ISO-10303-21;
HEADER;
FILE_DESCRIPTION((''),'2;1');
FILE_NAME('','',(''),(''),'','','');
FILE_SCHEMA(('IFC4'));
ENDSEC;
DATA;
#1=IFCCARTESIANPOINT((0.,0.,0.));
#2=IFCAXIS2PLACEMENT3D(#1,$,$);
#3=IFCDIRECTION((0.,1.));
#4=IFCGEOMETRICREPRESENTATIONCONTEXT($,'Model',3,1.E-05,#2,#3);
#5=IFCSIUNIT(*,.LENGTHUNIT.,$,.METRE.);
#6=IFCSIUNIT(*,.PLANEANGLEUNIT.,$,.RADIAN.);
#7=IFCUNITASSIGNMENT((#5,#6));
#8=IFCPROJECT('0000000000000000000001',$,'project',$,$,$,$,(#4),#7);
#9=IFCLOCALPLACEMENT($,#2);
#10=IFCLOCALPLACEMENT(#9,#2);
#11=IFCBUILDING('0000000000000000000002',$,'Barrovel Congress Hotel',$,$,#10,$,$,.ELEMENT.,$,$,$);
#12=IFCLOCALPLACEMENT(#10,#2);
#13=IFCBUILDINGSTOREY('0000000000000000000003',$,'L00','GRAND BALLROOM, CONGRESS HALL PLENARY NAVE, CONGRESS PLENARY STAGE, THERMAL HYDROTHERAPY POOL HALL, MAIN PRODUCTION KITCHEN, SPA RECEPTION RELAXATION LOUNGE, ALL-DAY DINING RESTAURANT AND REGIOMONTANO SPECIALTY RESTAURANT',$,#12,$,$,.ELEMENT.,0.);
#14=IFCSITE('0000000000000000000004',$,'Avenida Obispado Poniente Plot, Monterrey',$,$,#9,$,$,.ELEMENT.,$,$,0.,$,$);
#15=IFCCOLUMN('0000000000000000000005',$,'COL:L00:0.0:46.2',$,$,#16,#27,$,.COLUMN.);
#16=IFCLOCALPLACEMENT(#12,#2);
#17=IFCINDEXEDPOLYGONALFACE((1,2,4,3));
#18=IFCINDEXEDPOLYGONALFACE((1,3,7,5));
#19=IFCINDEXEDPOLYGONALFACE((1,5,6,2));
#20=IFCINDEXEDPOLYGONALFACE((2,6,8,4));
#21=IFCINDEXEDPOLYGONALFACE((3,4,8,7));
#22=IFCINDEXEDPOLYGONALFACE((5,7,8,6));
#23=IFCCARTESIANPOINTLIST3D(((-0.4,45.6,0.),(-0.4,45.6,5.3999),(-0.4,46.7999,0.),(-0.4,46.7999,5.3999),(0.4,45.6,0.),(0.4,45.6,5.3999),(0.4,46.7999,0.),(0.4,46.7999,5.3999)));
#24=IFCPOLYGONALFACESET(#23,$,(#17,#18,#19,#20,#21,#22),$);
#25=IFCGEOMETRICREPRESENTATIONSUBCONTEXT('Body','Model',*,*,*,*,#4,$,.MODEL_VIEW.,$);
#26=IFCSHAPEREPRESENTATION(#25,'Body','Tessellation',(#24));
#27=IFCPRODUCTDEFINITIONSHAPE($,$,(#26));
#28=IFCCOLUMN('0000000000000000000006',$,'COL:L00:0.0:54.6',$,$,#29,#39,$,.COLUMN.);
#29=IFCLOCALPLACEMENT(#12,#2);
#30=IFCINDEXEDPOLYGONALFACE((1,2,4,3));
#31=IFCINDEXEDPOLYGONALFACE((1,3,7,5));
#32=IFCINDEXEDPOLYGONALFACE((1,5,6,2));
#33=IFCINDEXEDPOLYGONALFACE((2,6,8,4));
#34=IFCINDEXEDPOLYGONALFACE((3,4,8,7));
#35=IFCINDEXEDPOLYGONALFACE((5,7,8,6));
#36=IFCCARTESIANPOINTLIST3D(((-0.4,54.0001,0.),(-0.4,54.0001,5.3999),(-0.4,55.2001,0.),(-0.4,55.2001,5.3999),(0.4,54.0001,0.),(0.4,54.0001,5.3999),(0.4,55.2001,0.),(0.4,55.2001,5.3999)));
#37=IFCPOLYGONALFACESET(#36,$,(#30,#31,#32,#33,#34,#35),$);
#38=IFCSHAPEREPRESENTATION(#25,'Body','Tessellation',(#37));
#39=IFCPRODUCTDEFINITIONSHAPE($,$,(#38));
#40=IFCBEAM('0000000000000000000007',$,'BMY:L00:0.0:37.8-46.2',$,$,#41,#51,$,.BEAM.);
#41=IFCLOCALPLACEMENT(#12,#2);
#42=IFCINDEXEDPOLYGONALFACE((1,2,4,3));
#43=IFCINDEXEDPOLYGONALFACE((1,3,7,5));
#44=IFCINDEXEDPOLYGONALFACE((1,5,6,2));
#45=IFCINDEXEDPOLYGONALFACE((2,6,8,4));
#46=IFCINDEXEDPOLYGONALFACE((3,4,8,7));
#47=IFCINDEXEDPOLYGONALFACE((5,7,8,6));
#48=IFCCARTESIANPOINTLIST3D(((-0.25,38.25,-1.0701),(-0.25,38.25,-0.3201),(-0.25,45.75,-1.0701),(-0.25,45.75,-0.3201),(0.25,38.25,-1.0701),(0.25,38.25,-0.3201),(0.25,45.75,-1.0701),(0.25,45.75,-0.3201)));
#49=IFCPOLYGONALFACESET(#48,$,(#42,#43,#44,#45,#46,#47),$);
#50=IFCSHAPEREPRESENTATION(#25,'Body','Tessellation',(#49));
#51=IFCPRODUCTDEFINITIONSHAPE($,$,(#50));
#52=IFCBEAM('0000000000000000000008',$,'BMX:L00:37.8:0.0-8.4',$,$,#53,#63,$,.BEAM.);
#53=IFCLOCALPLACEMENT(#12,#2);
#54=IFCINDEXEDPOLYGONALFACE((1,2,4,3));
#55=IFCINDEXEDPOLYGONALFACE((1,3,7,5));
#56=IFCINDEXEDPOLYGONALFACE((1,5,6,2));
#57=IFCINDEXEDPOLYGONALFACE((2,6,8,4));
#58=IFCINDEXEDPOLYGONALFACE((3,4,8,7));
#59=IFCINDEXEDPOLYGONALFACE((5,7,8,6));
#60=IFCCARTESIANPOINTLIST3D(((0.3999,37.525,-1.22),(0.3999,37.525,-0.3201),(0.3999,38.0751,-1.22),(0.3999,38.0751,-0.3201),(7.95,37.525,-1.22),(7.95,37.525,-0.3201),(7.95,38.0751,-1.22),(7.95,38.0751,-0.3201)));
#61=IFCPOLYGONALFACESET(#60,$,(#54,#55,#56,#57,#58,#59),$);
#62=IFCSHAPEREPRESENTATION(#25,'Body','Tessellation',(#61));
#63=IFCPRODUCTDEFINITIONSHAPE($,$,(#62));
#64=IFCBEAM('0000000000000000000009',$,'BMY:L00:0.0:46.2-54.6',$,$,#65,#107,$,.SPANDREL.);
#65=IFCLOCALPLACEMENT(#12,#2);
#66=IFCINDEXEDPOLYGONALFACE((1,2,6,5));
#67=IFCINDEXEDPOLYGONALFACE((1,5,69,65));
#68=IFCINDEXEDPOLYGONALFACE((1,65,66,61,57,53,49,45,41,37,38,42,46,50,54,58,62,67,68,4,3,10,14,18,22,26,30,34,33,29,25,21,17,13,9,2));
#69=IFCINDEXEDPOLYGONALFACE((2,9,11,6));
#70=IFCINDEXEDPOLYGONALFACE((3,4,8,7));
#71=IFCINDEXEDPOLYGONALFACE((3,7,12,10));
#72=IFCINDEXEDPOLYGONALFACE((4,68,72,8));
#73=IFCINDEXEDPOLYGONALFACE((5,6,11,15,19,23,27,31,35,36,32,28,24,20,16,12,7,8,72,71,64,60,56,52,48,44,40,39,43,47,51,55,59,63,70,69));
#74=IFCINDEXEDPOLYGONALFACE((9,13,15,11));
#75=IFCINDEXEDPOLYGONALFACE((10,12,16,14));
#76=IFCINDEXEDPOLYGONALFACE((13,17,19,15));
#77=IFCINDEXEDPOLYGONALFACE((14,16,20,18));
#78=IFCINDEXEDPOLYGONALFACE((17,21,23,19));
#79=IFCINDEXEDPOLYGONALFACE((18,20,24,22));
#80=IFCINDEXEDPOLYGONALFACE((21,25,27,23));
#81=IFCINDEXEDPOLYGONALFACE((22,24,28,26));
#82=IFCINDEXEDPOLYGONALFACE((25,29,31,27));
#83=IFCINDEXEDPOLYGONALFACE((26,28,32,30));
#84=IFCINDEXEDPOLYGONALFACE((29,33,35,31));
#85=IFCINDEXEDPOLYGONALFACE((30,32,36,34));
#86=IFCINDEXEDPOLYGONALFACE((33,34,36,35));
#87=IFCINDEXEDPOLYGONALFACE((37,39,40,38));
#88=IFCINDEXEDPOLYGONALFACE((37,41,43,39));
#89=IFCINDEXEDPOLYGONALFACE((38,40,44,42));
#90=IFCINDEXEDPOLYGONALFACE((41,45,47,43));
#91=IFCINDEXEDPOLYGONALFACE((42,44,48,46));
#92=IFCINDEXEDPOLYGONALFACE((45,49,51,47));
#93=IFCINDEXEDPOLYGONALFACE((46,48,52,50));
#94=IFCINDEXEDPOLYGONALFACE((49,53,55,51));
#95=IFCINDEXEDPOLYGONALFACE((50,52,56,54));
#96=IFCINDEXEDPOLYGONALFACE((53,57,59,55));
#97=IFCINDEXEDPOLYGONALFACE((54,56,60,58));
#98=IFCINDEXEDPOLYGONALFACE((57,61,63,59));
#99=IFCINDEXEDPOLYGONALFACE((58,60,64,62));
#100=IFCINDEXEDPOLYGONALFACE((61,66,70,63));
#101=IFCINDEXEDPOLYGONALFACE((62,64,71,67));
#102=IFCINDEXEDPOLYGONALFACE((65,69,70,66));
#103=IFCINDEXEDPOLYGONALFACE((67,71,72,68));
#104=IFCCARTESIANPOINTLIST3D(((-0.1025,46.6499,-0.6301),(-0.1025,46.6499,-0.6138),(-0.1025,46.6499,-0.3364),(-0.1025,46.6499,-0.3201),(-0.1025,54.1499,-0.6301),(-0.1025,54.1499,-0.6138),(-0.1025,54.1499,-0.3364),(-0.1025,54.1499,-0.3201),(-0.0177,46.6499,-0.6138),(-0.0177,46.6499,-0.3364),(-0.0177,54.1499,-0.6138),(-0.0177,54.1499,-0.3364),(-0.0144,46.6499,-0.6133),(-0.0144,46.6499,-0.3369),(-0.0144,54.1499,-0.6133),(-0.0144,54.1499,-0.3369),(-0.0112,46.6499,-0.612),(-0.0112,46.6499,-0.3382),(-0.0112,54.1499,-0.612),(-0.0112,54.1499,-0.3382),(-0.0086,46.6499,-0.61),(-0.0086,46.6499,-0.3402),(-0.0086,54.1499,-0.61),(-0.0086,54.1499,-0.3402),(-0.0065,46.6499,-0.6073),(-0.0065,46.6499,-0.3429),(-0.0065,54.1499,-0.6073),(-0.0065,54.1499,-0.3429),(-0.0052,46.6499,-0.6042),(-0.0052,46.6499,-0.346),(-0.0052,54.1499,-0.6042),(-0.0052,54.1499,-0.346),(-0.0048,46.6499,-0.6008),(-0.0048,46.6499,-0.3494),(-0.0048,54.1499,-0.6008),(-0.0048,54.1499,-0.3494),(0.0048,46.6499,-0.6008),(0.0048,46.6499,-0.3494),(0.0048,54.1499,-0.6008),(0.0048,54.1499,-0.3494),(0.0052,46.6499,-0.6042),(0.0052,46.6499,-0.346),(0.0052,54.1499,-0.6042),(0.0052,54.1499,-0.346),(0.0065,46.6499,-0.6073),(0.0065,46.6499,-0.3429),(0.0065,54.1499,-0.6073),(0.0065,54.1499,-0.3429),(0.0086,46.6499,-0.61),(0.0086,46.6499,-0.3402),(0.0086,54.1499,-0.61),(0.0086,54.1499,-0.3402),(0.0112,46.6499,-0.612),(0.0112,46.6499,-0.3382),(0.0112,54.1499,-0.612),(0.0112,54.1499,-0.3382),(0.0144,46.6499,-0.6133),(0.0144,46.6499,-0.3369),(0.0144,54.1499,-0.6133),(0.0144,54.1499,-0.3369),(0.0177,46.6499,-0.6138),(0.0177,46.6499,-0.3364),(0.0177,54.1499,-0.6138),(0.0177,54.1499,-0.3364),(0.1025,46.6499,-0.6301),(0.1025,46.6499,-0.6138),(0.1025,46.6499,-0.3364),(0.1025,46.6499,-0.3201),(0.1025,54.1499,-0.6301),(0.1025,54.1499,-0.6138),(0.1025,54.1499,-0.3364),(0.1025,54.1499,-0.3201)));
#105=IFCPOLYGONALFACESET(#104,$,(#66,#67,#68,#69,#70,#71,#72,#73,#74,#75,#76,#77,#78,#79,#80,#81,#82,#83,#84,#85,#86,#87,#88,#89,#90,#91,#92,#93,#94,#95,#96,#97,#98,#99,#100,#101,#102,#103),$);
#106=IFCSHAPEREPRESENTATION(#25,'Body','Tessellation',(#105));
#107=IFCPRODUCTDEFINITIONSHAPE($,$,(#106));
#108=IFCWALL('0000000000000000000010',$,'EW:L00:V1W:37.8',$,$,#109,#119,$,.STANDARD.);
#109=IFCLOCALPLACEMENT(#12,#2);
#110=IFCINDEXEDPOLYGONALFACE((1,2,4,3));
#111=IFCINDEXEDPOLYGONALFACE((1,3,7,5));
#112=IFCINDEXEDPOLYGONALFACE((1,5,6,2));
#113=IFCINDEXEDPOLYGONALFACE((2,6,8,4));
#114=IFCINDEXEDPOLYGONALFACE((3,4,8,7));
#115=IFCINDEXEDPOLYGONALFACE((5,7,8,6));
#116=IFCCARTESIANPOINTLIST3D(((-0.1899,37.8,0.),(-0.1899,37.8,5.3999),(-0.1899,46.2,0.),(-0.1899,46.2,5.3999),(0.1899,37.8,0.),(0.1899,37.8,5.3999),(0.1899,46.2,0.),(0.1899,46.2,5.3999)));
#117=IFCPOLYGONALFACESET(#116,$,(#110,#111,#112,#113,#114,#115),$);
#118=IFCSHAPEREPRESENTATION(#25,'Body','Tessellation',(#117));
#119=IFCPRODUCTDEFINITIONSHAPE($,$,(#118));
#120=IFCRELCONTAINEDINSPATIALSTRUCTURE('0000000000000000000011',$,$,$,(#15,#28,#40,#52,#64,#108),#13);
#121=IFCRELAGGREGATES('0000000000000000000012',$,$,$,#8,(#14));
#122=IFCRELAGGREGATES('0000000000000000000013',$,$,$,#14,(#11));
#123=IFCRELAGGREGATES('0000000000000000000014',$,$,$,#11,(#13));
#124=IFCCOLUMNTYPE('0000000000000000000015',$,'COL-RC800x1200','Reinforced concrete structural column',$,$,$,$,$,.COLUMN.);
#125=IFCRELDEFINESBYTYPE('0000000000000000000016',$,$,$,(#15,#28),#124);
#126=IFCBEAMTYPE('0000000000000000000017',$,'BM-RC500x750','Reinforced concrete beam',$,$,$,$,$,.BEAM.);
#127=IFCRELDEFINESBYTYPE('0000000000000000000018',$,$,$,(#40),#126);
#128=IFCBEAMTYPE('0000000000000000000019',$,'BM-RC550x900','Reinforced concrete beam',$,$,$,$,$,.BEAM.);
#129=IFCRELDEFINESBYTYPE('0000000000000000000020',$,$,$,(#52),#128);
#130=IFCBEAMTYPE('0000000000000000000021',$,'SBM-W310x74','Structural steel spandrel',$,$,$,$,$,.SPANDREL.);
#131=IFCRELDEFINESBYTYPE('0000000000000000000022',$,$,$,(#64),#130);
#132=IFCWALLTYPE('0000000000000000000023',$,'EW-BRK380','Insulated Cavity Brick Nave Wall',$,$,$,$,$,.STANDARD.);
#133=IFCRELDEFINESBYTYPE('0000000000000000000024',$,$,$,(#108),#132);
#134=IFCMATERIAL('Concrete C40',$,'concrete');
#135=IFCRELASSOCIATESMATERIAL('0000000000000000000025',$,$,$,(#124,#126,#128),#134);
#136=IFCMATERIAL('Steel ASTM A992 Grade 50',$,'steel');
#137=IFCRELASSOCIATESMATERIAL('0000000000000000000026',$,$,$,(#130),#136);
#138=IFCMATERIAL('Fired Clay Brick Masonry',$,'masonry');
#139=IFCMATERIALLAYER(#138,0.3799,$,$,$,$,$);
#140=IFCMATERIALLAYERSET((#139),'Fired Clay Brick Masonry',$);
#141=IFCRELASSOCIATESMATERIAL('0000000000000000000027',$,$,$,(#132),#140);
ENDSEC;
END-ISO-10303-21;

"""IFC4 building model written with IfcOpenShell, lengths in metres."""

from ifc_helpers import new_model, si_unit, direction, frame, frame_2d, origin, origin_2d, place, context, subcontext, project, spatial, rectangle, i_section, extrude, material, layer, layer_set, material_profile, profile_set, type_object, element, save


model = new_model("IFC4")

# Units and contexts
model_context = context("Model", 3, precision=1e-05, world=origin(), true_north=direction((0.0, 1.0)))
body_context = subcontext(model_context, "Body", "Model", "MODEL_VIEW")
ifc_project = project(units=[si_unit("LENGTHUNIT", "METRE"), si_unit("PLANEANGLEUNIT", "RADIAN")], contexts=[model_context])

# Site, building, storey
site_placement = place(None, origin())
site = spatial("IfcSite", under=ifc_project, at=site_placement, Name="Avenida Obispado Poniente Plot, Monterrey", CompositionType="ELEMENT", RefElevation=0.0)
building_placement = place(site_placement, origin())
building = spatial("IfcBuilding", under=site, at=building_placement, Name="Barrovel Congress Hotel", CompositionType="ELEMENT")
storey_placement = place(building_placement, origin())
storey = spatial("IfcBuildingStorey", under=building, at=storey_placement, Name="L00", Description="GRAND BALLROOM, CONGRESS HALL PLENARY NAVE, CONGRESS PLENARY STAGE, THERMAL HYDROTHERAPY POOL HALL, MAIN PRODUCTION KITCHEN, SPA RECEPTION RELAXATION LOUNGE, ALL-DAY DINING RESTAURANT AND REGIOMONTANO SPECIALTY RESTAURANT", CompositionType="ELEMENT", Elevation=0.0)

# Shared definitions
ifc_material_1 = material(Name="Concrete C40", Category="concrete")

# Columns
ifc_material_profile_1 = material_profile(ifc_material_1, rectangle(XDim=0.8, YDim=1.2, at=origin_2d()), Name="RC800x1200")
ifc_profile_set_1 = profile_set([ifc_material_profile_1], Name="Concrete C40")
column_type = type_object("IfcColumnType", Name="COL-RC800x1200", Description="Reinforced concrete structural column", PredefinedType="COLUMN", material=ifc_profile_set_1)
for number, where, z_axis, x_axis, name in (
    (1, (0.0, 46.2, 0.0), (0.0, 0.0, 1.0), (1.0, 0.0, 0.0), "COL:L00:0.0:46.2"),
    (2, (0.0, 54.6001, 0.0), (0.0, 0.0, 1.0), (1.0, 0.0, 0.0), "COL:L00:0.0:54.6"),
):
    element("IfcColumn", number, at=place(storey_placement, frame(where, z_axis=z_axis, x_axis=x_axis)), inside=storey, type_object=column_type, Name=name, PredefinedType="COLUMN", context=body_context, shape_type="SweptSolid", body=[
        extrude(rectangle(XDim=0.8, YDim=1.2, at=origin_2d()), origin(), (0.0, 0.0, 1.0), 5.3999),
    ])

# Beams
ifc_material_profile_2 = material_profile(ifc_material_1, rectangle(XDim=0.5, YDim=0.75, at=origin_2d()), Name="RC500x750")
ifc_profile_set_2 = profile_set([ifc_material_profile_2], Name="Concrete C40")
beam_type_1 = type_object("IfcBeamType", Name="BM-RC500x750", Description="Reinforced concrete beam", PredefinedType="BEAM", material=ifc_profile_set_2)
beam_1_placement = place(storey_placement, frame((0.0, 38.25, -0.6951), z_axis=(0.0, 1.0, 0.0), x_axis=(-1.0, 0.0, 0.0)))
element("IfcBeam", 3, at=beam_1_placement, inside=storey, type_object=beam_type_1, Name="BMY:L00:0.0:37.8-46.2", PredefinedType="BEAM", context=body_context, shape_type="SweptSolid", body=[
    extrude(rectangle(XDim=0.5, YDim=0.75, at=origin_2d()), origin(), (0.0, 0.0, 1.0), 7.5),
])
ifc_material_profile_3 = material_profile(ifc_material_1, rectangle(XDim=0.55, YDim=0.8999, at=origin_2d()), Name="RC550x900")
ifc_profile_set_3 = profile_set([ifc_material_profile_3], Name="Concrete C40")
beam_type_2 = type_object("IfcBeamType", Name="BM-RC550x900", Description="Reinforced concrete beam", PredefinedType="BEAM", material=ifc_profile_set_3)
beam_2_placement = place(storey_placement, frame((0.3999, 37.8, -0.77), z_axis=(1.0, 0.0, 0.0), x_axis=(0.0, 1.0, 0.0)))
element("IfcBeam", 4, at=beam_2_placement, inside=storey, type_object=beam_type_2, Name="BMX:L00:37.8:0.0-8.4", PredefinedType="BEAM", context=body_context, shape_type="SweptSolid", body=[
    extrude(rectangle(XDim=0.55, YDim=0.8999, at=origin_2d()), origin(), (0.0, 0.0, 1.0), 7.55),
])
ifc_material_2 = material(Name="Steel ASTM A992 Grade 50", Category="steel")
ifc_material_profile_4 = material_profile(ifc_material_2, i_section(OverallWidth=0.2051, OverallDepth=0.3101, WebThickness=0.0095, FlangeThickness=0.0164, FilletRadius=0.0129, at=origin_2d()), Name="W310x74")
ifc_profile_set_4 = profile_set([ifc_material_profile_4], Name="Steel ASTM A992 Grade 50")
beam_type_3 = type_object("IfcBeamType", Name="SBM-W310x74", Description="Structural steel spandrel", PredefinedType="SPANDREL", material=ifc_profile_set_4)
beam_3_placement = place(storey_placement, frame((0.0, 46.6499, -0.4751), z_axis=(0.0, 1.0, 0.0), x_axis=(-1.0, 0.0, 0.0)))
element("IfcBeam", 5, at=beam_3_placement, inside=storey, type_object=beam_type_3, Name="BMY:L00:0.0:46.2-54.6", PredefinedType="SPANDREL", context=body_context, shape_type="SweptSolid", body=[
    extrude(i_section(OverallWidth=0.2051, OverallDepth=0.3101, WebThickness=0.0095, FlangeThickness=0.0164, FilletRadius=0.0129, at=origin_2d()), origin(), (0.0, 0.0, 1.0), 7.5),
])

# Shared definitions
ifc_material_3 = material(Name="Fired Clay Brick Masonry", Category="masonry")
ifc_layer = layer(ifc_material_3, 0.3799)
ifc_layer_set = layer_set([ifc_layer], Name="Fired Clay Brick Masonry")
wall_type = type_object("IfcWallType", Name="EW-BRK380", Description="Insulated Cavity Brick Nave Wall", PredefinedType="STANDARD", material=ifc_layer_set)

# Wall
wall_1_placement = place(storey_placement, frame((0.0, 46.2, 0.0), z_axis=(0.0, 0.0, 1.0), x_axis=(0.0, -1.0, 0.0)))
element("IfcWall", 6, at=wall_1_placement, inside=storey, type_object=wall_type, Name="EW:L00:V1W:37.8", PredefinedType="STANDARD", context=body_context, shape_type="SweptSolid", body=[
    extrude(rectangle(XDim=8.3999, YDim=0.3799, at=frame_2d((4.2, 0.0))), origin(), (0.0, 0.0, 1.0), 5.3999),
])

save(model, "model.ifc")
